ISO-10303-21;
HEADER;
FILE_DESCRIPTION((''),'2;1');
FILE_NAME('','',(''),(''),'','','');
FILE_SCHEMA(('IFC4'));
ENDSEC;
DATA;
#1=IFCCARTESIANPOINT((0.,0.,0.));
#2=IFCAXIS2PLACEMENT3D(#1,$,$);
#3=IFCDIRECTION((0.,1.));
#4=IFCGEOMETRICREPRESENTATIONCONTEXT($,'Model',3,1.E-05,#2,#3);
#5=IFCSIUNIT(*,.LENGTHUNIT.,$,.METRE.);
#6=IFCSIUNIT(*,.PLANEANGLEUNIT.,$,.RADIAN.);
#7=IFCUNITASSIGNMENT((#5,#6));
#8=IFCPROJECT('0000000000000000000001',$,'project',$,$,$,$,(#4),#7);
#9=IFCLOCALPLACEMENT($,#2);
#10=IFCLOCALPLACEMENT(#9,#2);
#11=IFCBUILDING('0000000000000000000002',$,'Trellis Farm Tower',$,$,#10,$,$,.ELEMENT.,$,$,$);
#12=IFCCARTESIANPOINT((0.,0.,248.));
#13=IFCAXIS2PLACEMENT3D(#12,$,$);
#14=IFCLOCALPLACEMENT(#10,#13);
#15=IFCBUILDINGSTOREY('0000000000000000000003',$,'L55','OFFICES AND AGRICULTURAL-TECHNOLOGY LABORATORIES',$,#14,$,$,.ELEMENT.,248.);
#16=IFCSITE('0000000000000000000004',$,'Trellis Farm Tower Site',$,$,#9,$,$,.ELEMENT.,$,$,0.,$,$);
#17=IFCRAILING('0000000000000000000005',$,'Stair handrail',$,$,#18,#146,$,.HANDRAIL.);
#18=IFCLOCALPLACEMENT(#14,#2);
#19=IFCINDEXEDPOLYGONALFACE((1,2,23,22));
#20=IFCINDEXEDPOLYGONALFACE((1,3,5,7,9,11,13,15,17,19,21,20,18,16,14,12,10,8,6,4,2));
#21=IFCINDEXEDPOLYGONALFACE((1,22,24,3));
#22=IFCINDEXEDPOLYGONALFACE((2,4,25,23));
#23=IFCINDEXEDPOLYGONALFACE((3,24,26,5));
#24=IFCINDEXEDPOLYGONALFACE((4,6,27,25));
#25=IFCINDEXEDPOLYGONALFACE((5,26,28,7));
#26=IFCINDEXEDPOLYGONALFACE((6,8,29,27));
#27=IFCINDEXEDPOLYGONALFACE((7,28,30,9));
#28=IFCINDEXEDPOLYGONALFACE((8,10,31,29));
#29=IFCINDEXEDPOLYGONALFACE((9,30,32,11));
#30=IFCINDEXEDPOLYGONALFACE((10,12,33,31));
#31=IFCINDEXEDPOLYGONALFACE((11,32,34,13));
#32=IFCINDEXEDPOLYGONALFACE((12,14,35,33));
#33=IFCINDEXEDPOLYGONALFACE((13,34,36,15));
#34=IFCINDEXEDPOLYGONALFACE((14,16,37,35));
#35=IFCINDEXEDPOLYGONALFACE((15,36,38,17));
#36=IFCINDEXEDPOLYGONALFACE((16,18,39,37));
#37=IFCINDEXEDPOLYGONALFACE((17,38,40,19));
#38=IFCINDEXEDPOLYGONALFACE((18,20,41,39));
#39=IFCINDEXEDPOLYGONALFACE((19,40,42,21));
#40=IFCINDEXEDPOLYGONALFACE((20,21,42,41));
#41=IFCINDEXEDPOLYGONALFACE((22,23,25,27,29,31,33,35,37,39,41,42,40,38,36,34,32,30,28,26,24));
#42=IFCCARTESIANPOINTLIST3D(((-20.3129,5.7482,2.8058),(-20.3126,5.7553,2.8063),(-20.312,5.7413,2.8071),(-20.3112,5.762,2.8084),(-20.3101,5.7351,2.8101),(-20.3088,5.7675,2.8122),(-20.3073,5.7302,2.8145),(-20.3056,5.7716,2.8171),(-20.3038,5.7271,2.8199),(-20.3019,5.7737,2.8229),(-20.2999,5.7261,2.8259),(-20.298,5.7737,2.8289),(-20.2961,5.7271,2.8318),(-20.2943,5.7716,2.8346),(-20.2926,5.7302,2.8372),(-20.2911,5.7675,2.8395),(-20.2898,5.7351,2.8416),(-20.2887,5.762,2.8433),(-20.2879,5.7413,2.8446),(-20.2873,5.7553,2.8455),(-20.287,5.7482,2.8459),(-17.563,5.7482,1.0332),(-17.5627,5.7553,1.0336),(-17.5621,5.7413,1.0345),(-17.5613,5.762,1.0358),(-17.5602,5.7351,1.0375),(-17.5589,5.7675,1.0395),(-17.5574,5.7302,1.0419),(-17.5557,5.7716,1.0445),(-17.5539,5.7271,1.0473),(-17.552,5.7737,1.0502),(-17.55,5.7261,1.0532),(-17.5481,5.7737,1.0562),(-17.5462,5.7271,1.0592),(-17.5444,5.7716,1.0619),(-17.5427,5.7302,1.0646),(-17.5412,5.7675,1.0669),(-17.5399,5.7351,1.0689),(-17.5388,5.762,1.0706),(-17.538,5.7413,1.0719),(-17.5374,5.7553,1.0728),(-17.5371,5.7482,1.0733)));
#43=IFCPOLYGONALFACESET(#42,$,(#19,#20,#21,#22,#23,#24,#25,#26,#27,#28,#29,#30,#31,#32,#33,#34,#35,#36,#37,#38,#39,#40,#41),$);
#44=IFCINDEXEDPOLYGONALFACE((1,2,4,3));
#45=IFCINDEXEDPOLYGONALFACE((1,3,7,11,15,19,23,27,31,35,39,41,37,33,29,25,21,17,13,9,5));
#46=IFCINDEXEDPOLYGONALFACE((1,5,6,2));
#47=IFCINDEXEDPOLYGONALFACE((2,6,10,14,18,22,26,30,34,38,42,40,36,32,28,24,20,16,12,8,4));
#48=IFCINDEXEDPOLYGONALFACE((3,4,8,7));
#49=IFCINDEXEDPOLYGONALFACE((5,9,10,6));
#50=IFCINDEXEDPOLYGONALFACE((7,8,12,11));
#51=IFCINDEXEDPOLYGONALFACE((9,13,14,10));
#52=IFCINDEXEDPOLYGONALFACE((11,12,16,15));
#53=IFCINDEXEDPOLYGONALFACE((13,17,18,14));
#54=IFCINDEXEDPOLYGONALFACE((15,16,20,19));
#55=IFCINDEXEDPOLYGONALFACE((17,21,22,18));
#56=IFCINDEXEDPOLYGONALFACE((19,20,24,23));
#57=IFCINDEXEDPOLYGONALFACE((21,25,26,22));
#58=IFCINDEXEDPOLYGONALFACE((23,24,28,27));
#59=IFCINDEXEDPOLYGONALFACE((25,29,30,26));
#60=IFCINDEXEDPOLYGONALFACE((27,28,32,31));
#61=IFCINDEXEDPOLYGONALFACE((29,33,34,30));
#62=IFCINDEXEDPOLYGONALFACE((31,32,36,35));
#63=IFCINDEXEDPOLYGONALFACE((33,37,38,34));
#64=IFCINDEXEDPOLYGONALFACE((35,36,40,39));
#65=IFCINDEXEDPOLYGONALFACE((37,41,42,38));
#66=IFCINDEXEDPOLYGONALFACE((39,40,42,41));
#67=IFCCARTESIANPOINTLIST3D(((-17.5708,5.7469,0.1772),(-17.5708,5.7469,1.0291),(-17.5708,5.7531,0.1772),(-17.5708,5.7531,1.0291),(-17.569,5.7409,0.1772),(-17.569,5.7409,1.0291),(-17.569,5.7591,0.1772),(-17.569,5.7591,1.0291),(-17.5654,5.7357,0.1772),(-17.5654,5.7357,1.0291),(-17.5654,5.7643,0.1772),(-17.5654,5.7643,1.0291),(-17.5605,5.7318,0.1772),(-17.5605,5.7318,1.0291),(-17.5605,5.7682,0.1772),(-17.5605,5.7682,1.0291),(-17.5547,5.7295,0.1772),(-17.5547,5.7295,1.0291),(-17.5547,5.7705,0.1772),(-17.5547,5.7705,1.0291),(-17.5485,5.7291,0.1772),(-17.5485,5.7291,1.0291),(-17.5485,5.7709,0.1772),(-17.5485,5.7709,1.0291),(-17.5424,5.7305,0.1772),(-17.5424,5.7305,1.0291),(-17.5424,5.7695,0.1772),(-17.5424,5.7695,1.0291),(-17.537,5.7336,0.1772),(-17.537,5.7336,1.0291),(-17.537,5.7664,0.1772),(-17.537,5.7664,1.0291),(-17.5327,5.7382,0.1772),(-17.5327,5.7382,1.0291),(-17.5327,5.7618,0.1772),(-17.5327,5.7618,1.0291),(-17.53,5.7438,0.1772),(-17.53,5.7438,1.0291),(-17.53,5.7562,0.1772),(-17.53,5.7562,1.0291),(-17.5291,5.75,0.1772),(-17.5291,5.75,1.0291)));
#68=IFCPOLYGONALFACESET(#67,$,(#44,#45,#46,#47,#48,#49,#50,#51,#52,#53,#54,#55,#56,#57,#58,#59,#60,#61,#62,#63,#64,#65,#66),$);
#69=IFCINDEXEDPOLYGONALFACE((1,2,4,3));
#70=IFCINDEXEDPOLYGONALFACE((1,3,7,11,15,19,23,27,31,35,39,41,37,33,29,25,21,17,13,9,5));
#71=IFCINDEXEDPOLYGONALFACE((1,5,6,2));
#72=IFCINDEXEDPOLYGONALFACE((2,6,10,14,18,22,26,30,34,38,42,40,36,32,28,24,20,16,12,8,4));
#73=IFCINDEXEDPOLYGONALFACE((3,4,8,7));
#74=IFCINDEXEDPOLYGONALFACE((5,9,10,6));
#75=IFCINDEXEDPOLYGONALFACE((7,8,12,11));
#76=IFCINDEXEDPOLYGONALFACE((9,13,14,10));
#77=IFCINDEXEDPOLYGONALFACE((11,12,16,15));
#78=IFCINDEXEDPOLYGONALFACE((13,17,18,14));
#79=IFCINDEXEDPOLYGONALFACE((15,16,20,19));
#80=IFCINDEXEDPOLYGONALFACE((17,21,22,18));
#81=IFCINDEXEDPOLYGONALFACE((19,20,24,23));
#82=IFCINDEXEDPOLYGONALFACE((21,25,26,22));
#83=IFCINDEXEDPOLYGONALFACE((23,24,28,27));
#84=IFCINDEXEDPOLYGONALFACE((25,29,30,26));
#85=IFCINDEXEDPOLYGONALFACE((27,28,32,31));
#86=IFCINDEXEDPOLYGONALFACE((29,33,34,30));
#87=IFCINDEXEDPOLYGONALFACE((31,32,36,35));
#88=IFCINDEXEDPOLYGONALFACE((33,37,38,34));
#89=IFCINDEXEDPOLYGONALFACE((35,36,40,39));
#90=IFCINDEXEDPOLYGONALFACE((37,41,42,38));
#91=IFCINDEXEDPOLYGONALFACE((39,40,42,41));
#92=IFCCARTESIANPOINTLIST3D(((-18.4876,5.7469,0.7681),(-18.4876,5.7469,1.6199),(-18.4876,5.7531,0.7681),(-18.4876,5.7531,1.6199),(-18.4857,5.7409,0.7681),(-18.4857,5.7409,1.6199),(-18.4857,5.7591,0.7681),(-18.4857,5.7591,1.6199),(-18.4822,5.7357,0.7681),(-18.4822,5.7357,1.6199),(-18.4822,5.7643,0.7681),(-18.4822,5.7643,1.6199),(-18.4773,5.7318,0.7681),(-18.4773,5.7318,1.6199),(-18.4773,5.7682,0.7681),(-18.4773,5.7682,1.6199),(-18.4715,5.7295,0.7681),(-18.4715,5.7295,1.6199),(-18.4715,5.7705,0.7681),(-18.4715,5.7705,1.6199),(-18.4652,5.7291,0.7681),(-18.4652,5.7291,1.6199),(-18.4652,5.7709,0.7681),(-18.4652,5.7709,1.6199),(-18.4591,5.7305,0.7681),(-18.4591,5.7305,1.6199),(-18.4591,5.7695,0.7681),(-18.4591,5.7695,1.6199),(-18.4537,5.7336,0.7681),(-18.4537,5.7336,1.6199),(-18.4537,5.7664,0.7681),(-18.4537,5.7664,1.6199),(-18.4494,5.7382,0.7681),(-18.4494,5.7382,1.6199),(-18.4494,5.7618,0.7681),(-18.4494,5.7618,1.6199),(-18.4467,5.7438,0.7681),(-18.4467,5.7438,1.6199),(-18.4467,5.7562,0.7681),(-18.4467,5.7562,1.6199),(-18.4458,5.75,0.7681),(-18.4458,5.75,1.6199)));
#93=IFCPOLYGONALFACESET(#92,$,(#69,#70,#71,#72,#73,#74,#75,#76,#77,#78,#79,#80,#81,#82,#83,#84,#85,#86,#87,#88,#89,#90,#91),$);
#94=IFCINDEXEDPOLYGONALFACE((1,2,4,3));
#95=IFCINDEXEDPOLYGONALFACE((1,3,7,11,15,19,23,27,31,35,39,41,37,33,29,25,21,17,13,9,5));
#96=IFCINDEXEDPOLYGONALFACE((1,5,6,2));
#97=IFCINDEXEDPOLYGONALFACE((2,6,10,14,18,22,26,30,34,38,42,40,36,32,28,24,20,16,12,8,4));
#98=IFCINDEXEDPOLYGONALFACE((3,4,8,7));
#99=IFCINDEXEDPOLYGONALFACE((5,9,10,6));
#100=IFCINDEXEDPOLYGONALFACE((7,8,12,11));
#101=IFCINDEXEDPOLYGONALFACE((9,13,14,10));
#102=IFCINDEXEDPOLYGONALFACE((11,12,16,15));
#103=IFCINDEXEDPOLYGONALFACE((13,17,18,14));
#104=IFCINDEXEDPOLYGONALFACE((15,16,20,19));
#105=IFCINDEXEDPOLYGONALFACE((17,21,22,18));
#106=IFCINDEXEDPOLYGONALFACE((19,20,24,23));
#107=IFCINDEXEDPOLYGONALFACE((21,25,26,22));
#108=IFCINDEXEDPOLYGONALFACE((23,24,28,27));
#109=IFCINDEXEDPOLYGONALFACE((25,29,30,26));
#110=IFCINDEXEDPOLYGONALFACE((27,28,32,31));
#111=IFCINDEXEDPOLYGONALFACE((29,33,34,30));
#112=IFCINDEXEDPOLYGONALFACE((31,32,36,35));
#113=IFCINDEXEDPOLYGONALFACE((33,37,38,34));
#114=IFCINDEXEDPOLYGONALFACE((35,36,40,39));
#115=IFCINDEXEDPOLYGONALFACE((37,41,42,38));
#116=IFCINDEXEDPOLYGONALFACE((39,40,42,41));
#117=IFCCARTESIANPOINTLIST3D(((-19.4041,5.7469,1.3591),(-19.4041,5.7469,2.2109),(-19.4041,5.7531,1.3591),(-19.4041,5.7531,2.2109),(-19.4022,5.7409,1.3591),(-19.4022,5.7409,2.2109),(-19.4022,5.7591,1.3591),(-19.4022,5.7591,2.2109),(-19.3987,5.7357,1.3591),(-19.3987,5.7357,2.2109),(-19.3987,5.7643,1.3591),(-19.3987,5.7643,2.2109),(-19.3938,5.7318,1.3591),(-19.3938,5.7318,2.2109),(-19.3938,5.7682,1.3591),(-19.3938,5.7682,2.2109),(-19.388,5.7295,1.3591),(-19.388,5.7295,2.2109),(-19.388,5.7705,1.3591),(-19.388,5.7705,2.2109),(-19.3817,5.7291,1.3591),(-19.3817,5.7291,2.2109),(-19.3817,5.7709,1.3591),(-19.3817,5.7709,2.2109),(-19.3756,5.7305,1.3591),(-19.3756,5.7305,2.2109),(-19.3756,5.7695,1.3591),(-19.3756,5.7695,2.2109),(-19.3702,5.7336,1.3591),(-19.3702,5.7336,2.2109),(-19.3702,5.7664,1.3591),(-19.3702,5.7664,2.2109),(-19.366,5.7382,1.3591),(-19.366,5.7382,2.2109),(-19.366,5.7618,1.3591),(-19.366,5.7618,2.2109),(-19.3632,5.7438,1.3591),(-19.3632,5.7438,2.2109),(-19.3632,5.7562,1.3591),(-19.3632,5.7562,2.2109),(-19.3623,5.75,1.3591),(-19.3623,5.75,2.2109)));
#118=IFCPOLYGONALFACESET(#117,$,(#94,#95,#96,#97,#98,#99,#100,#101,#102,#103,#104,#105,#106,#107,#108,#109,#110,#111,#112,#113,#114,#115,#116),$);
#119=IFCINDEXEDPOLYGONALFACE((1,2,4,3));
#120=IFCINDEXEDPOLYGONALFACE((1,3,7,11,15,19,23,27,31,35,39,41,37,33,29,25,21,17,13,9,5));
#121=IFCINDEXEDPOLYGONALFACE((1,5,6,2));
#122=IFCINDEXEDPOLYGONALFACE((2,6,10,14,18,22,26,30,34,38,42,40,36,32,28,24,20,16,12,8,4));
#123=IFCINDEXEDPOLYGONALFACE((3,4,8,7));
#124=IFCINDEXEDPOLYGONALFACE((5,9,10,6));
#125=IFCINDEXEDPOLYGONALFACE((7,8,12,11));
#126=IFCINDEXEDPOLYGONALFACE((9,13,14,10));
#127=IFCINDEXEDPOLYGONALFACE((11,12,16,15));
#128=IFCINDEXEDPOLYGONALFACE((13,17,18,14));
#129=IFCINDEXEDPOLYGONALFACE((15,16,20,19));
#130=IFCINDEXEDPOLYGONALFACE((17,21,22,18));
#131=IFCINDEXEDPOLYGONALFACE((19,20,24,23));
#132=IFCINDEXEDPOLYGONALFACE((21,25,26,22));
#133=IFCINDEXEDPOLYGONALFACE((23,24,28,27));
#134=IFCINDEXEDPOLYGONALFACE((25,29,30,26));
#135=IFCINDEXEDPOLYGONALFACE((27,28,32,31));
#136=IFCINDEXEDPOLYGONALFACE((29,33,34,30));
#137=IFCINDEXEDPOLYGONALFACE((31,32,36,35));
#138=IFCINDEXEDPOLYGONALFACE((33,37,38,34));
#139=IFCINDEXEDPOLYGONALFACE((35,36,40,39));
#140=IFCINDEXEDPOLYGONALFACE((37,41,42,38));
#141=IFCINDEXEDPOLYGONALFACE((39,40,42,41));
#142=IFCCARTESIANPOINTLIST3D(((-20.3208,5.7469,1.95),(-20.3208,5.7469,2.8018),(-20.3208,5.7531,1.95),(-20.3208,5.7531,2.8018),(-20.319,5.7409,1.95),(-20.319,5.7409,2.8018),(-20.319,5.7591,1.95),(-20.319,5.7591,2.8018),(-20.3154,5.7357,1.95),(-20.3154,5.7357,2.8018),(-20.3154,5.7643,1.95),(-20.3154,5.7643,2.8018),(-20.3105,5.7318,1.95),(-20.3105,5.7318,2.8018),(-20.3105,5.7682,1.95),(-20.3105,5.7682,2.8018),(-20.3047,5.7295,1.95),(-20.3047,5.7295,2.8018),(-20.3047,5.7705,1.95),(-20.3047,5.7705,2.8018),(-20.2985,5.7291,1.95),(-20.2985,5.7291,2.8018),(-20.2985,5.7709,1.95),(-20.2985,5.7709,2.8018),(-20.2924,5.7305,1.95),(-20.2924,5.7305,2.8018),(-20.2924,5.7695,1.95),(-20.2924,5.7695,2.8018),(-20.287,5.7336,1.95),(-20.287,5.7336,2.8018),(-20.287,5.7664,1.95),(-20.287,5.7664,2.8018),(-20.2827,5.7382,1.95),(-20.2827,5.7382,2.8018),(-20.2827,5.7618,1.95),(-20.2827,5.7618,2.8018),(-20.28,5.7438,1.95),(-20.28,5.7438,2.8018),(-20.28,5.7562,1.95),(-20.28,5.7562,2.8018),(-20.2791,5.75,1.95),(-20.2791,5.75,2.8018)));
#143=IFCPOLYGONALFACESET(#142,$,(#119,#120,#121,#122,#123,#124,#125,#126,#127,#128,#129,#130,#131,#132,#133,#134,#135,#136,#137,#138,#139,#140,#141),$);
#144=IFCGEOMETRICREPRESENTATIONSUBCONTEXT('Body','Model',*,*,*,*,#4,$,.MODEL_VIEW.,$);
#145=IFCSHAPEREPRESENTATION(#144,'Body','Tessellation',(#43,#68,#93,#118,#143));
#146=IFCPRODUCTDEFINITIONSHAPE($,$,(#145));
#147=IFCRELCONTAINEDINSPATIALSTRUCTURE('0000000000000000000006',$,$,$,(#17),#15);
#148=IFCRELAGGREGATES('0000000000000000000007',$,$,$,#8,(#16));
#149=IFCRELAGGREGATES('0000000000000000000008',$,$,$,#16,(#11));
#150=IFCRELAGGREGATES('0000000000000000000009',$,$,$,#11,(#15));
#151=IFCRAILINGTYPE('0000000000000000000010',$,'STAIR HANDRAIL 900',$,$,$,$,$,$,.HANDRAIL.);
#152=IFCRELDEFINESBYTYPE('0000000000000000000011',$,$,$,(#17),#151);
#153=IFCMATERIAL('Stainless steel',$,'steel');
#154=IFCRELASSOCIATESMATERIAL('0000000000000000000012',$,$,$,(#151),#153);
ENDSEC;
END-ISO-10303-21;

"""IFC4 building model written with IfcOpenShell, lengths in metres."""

from ifc_helpers import new_model, si_unit, direction, frame, origin, origin_2d, place, context, subcontext, project, spatial, circle, extrude, source, transform, mapped, material, type_object, element, save


model = new_model("IFC4")

# Units and contexts
model_context = context("Model", 3, precision=1e-05, world=origin(), true_north=direction((0.0, 1.0)))
body_context = subcontext(model_context, "Body", "Model", "MODEL_VIEW")
ifc_project = project(units=[si_unit("LENGTHUNIT", "METRE"), si_unit("PLANEANGLEUNIT", "RADIAN")], contexts=[model_context])

# Site, building, storey
site_placement = place(None, origin())
site = spatial("IfcSite", under=ifc_project, at=site_placement, Name="Trellis Farm Tower Site", CompositionType="ELEMENT", RefElevation=0.0)
building_placement = place(site_placement, origin())
building = spatial("IfcBuilding", under=site, at=building_placement, Name="Trellis Farm Tower", CompositionType="ELEMENT")
storey_placement = place(building_placement, frame((0.0, 0.0, 248.0)))
storey = spatial("IfcBuildingStorey", under=building, at=storey_placement, Name="L55", Description="OFFICES AND AGRICULTURAL-TECHNOLOGY LABORATORIES", CompositionType="ELEMENT", Elevation=248.0)

# Railing
ifc_material_1 = material(Name="Stainless steel", Category="steel")
railing_type = type_object("IfcRailingType", Name="STAIR HANDRAIL 900", PredefinedType="HANDRAIL", material=ifc_material_1)
shared_shape_1 = source(origin(), body_context, "Body", "SweptSolid", [
    extrude(circle(Radius=0.0239, at=origin_2d()), frame((0.0, 0.0, 0.876), z_axis=(-0.840504, 0.0, 0.541806), x_axis=(0.0, -1.0, 0.0)), (0.0, 0.0, 1.0), 3.2717),
    extrude(circle(Radius=0.021, at=origin_2d()), origin(), (0.0, 0.0, 1.0), 0.8518),
    extrude(circle(Radius=0.021, at=origin_2d()), frame((-0.9167, 0.0, 0.5908)), (0.0, 0.0, 1.0), 0.8518),
    extrude(circle(Radius=0.021, at=origin_2d()), frame((-1.8333, 0.0, 1.1819)), (0.0, 0.0, 1.0), 0.8518),
    extrude(circle(Radius=0.021, at=origin_2d()), frame((-2.75, 0.0, 1.7727)), (0.0, 0.0, 1.0), 0.8518),
])
for number, where, name in (
    (1, (-17.55, 5.75, 0.1772), "Stair handrail"),
):
    element("IfcRailing", number, at=place(storey_placement, frame(where)), inside=storey, type_object=railing_type, Name=name, PredefinedType="HANDRAIL", context=body_context, shape_type="MappedRepresentation", body=[
        mapped(shared_shape_1, transform((0.0, 0.0, 0.0))),
    ])

save(model, "model.ifc")
